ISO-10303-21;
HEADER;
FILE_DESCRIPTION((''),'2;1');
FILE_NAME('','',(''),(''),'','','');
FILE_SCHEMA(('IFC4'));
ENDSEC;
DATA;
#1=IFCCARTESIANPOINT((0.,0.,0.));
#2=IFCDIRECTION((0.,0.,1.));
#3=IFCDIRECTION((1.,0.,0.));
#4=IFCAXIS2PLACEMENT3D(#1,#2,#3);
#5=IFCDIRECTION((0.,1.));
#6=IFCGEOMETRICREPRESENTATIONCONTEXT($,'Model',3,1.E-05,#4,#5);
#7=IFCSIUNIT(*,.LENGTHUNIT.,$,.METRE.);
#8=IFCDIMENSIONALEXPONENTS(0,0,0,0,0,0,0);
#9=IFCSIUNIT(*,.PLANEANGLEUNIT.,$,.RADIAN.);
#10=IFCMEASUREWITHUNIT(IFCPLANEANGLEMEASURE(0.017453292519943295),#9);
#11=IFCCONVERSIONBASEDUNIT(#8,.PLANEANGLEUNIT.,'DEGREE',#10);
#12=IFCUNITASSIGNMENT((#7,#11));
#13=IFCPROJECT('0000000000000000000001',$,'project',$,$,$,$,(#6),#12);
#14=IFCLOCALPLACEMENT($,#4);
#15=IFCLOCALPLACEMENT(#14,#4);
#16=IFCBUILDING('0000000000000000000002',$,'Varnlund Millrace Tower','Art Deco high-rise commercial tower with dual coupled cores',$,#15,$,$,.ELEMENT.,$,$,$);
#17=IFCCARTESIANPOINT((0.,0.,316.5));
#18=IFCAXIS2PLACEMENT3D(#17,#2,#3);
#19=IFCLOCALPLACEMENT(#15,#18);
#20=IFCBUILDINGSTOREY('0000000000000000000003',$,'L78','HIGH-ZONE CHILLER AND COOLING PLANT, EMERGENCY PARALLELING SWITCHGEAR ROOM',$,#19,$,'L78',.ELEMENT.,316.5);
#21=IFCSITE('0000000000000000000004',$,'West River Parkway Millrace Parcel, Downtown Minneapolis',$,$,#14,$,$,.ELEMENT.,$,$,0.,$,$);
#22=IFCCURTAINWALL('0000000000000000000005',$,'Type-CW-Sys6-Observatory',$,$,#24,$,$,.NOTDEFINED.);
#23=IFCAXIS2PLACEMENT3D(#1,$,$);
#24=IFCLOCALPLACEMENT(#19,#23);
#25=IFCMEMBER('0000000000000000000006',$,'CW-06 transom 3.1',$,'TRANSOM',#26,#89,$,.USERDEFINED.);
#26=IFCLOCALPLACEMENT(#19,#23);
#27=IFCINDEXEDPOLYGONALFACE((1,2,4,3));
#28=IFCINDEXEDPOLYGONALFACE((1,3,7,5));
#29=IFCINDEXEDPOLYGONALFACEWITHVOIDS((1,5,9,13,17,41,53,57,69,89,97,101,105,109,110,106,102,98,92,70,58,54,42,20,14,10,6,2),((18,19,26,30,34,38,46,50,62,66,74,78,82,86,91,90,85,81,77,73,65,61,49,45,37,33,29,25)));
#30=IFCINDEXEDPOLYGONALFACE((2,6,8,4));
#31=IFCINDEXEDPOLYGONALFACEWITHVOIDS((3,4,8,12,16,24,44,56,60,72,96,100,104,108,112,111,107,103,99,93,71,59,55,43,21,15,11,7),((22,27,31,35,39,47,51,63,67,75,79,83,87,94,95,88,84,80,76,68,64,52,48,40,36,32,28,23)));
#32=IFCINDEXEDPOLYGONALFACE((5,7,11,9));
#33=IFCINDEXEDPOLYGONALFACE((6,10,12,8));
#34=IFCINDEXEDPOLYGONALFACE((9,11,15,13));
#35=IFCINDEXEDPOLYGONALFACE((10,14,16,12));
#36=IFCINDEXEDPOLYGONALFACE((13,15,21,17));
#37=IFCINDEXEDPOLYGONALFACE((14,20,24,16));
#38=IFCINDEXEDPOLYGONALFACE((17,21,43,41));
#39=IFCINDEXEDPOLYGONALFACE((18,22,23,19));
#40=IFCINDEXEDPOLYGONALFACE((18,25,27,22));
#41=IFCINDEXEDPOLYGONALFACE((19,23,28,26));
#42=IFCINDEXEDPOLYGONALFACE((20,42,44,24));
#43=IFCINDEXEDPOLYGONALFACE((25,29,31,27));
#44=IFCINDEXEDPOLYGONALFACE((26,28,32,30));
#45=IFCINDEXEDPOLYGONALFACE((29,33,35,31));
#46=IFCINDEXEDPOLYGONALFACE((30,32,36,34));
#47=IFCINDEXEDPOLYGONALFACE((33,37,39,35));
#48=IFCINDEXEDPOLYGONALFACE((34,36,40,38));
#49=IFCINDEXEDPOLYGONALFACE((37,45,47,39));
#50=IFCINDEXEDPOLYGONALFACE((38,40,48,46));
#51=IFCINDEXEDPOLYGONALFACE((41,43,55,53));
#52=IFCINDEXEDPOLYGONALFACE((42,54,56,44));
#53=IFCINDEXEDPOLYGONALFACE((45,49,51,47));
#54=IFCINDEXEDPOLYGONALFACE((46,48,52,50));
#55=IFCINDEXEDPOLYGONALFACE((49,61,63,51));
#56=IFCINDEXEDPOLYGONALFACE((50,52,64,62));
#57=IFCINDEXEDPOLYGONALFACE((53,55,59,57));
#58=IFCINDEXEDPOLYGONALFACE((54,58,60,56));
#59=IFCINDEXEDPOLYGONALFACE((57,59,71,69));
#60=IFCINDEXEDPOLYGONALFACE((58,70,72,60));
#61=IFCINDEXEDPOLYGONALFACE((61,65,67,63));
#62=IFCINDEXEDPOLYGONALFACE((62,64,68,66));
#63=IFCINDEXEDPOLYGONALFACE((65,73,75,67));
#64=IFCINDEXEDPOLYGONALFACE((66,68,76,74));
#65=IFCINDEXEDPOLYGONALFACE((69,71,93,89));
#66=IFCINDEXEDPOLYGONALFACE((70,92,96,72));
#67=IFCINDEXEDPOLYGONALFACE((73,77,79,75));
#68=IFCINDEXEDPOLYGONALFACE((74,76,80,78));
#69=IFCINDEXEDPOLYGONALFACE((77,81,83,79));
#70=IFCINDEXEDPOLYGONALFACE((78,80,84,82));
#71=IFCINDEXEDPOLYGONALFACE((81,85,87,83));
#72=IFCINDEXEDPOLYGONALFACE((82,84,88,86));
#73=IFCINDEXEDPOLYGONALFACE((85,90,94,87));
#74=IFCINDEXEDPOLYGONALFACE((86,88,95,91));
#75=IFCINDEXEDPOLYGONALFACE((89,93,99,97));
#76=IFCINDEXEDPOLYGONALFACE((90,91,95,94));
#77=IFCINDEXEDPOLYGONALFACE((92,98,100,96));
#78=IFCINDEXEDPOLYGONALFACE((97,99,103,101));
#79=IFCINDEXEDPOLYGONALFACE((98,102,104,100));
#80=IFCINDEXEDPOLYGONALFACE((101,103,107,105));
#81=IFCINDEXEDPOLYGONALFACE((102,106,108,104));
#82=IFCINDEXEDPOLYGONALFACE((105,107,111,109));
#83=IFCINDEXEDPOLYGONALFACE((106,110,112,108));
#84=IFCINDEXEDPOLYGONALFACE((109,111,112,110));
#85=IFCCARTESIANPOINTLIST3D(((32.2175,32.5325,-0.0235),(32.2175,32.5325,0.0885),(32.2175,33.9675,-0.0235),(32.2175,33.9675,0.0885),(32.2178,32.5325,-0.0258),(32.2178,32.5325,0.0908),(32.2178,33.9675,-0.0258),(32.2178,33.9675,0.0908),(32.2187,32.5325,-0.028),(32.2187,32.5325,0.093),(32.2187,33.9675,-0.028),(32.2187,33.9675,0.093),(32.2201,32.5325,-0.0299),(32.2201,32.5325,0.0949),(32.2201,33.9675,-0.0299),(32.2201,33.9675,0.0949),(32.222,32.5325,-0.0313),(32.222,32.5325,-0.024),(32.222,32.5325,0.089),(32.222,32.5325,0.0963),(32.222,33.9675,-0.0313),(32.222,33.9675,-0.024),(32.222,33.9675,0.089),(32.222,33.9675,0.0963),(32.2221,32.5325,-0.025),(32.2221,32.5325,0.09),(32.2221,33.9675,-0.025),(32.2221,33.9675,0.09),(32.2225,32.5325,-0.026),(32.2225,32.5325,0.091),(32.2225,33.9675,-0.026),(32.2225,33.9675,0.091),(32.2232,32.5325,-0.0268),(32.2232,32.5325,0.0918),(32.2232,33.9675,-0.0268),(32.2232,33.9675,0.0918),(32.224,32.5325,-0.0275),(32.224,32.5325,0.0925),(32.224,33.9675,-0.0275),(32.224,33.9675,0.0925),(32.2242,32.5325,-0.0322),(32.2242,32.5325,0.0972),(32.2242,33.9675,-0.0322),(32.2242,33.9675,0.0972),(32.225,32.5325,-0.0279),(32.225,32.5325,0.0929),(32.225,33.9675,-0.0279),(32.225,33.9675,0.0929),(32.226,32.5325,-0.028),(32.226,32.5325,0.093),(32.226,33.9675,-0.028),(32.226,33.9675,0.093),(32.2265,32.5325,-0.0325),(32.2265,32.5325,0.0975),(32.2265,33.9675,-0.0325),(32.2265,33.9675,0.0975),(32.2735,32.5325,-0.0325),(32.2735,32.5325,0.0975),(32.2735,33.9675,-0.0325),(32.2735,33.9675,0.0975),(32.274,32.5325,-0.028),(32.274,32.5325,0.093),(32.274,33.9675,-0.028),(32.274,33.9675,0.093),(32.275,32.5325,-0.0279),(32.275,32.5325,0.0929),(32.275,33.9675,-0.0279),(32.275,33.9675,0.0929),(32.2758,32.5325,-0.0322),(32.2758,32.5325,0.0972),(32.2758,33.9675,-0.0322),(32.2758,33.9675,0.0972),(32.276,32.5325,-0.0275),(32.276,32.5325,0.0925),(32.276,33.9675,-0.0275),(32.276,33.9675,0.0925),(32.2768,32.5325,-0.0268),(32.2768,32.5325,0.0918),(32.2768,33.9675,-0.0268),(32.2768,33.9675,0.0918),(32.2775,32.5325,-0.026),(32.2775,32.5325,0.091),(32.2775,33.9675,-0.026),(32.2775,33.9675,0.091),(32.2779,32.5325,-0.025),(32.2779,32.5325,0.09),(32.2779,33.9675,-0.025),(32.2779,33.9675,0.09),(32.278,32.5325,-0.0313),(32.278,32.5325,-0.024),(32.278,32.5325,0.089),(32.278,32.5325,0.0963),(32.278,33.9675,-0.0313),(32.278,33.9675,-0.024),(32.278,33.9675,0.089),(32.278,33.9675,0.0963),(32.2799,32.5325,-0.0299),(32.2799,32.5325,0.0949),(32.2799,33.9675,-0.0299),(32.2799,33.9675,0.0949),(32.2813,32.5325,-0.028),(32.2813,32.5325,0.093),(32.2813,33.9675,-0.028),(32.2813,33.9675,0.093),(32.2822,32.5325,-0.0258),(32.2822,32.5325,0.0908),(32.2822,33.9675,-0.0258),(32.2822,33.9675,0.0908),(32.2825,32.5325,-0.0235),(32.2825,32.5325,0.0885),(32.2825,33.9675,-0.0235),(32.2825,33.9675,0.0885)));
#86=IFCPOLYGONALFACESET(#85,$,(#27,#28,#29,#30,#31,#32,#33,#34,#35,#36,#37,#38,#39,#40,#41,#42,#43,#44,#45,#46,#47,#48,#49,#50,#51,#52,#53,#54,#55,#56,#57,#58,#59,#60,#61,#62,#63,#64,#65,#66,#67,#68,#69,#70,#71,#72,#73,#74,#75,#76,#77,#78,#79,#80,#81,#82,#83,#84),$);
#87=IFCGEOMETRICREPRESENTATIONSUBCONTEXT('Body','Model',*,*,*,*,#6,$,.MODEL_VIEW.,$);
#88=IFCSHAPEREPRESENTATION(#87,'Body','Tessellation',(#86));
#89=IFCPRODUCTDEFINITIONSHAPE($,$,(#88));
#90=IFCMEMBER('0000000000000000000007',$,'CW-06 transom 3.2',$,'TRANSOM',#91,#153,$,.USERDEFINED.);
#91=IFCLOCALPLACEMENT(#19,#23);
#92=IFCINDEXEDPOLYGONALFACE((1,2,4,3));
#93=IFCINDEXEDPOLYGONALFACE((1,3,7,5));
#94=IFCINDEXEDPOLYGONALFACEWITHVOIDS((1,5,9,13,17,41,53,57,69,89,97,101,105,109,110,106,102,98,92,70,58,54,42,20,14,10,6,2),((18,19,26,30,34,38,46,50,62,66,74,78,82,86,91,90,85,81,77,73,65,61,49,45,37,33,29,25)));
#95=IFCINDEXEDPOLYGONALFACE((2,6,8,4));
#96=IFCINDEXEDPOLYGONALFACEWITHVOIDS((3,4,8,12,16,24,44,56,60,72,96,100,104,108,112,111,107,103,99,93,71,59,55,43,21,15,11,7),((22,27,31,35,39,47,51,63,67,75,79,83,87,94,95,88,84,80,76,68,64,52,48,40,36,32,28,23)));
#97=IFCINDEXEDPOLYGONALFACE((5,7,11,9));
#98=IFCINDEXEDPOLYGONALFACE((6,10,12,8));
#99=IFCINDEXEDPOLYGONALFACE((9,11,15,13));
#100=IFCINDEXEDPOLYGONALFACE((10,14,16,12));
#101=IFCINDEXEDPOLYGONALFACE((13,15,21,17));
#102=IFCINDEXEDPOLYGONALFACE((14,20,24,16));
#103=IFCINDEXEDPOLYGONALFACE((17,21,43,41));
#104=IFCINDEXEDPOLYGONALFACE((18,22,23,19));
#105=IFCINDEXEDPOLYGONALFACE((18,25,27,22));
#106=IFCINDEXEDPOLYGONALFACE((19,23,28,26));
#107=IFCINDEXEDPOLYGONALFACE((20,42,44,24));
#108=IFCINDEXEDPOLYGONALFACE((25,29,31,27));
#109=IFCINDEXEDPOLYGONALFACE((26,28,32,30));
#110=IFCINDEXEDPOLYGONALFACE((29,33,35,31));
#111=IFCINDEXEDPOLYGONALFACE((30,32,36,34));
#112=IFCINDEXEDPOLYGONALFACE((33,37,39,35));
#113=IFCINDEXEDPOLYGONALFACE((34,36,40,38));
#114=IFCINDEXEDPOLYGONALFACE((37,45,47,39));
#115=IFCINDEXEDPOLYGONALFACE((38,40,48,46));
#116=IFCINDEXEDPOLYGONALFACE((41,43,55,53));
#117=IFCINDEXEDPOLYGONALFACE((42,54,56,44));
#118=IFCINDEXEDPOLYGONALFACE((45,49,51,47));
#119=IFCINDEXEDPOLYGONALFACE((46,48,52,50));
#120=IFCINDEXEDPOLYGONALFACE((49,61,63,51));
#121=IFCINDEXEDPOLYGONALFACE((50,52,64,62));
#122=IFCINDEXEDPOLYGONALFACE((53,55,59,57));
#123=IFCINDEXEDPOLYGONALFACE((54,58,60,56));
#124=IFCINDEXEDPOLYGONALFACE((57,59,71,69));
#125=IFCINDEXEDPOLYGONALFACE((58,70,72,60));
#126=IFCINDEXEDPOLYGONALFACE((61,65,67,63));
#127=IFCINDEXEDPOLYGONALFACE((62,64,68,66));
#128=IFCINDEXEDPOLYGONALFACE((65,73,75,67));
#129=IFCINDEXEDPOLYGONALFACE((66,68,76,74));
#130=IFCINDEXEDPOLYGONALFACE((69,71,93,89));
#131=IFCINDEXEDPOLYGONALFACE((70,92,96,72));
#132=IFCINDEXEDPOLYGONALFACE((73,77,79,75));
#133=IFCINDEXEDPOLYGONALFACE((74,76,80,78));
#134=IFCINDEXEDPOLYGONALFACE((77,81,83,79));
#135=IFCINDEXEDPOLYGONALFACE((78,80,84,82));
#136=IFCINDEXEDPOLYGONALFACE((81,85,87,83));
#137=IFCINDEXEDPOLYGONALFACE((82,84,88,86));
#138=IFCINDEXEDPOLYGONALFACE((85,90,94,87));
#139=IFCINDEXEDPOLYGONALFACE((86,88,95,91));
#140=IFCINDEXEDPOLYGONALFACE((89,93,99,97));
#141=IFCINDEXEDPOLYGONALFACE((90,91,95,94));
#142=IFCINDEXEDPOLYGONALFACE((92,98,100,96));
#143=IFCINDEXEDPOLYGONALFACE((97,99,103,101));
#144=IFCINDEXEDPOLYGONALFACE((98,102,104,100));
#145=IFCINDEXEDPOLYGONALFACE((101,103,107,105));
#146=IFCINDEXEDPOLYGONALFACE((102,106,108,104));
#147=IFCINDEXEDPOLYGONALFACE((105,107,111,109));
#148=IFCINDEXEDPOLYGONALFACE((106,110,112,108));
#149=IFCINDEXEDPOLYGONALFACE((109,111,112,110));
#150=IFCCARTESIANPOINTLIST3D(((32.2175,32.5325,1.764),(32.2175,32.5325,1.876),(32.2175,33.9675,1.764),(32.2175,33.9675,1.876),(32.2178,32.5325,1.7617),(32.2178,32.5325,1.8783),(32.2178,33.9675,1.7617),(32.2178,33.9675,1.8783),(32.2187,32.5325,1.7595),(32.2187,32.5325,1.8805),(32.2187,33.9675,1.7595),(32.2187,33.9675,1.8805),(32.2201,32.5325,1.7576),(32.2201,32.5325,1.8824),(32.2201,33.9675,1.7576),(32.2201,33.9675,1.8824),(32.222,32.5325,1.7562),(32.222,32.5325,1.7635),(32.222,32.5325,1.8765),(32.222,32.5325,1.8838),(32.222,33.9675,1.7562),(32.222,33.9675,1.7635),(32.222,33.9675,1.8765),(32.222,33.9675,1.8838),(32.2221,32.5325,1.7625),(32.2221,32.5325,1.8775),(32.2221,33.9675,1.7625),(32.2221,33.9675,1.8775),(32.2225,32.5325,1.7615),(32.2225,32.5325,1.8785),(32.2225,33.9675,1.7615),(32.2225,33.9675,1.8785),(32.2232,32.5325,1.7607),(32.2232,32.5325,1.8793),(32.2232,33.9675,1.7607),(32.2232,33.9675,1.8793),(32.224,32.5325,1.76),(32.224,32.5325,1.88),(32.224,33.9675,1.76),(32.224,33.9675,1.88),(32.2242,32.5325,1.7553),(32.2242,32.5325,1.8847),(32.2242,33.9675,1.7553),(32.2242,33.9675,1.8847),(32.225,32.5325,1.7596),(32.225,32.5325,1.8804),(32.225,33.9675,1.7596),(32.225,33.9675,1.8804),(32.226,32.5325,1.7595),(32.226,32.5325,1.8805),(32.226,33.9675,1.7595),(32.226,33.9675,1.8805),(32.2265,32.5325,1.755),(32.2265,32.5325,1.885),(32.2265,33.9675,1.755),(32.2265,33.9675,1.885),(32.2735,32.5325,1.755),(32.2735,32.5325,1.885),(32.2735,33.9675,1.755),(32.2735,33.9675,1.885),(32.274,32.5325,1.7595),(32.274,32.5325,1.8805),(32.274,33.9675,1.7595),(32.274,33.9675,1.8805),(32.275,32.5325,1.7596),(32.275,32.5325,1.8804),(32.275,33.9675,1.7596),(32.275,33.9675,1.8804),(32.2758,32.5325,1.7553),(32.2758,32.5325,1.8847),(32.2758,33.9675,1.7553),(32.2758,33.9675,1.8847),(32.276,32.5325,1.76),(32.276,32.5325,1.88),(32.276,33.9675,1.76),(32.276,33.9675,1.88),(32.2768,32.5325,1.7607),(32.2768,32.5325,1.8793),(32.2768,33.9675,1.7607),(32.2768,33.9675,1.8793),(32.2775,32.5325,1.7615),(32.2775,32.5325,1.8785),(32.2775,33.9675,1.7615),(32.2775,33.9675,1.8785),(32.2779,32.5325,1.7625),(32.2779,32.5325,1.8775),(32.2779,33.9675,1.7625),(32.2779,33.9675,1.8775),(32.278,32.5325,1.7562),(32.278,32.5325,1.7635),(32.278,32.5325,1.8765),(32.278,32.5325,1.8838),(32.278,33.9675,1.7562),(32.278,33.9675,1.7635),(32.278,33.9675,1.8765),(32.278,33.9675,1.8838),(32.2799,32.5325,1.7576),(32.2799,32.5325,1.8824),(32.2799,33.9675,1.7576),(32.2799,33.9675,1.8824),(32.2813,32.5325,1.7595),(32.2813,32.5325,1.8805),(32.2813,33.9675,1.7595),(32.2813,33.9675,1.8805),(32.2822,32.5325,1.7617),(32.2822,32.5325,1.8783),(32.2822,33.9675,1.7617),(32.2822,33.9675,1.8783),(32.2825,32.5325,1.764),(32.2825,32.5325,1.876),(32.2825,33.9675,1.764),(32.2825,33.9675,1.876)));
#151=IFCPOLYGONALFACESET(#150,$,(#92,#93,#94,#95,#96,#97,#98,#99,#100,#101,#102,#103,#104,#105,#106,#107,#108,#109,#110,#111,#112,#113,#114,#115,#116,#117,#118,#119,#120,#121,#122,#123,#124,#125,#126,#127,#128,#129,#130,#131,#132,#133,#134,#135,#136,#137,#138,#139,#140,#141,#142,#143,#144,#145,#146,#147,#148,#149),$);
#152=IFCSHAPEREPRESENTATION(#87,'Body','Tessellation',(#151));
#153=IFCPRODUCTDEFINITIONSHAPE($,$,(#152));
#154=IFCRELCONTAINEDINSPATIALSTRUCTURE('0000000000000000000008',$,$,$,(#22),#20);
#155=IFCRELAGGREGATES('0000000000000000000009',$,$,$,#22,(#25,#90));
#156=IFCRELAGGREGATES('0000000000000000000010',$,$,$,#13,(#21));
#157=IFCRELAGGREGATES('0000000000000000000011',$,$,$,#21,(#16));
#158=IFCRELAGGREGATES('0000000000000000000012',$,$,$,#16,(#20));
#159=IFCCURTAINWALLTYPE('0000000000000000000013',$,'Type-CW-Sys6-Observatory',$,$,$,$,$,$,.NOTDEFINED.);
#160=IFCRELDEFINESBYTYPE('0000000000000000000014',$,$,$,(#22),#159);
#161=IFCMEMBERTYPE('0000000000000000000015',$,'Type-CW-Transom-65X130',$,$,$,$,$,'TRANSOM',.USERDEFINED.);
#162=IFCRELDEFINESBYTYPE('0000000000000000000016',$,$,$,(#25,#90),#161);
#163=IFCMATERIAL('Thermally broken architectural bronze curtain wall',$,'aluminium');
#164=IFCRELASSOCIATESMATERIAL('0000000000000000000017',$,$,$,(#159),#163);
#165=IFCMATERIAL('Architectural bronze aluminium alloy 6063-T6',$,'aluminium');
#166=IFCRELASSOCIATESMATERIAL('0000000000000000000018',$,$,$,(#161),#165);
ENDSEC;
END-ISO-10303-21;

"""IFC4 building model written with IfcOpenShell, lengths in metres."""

from ifc_helpers import new_model, entity, si_unit, converted_unit, direction, frame, origin_with_axes, origin_2d_with_axis, place, context, subcontext, project, spatial, hollow_rectangle, extrude, material, material_profile, profile_set, type_object, element, aggregate, save


model = new_model("IFC4")

# Units and contexts
model_context = context("Model", 3, precision=1e-05, world=origin_with_axes(), true_north=direction((0.0, 1.0)))
body_context = subcontext(model_context, "Body", "Model", "MODEL_VIEW")
ifc_project = project(units=[si_unit("LENGTHUNIT", "METRE"), converted_unit("PLANEANGLEUNIT", "DEGREE", entity("IfcPlaneAngleMeasure", 0.017453292519943295), si_unit("PLANEANGLEUNIT", "RADIAN"), dimensions=[0, 0, 0, 0, 0, 0, 0])], contexts=[model_context])

# Site, building, storey
site_placement = place(None, origin_with_axes())
site = spatial("IfcSite", under=ifc_project, at=site_placement, Name="West River Parkway Millrace Parcel, Downtown Minneapolis", CompositionType="ELEMENT", RefElevation=0.0)
building_placement = place(site_placement, origin_with_axes())
building = spatial("IfcBuilding", under=site, at=building_placement, Name="Varnlund Millrace Tower", Description="Art Deco high-rise commercial tower with dual coupled cores", CompositionType="ELEMENT")
storey_placement = place(building_placement, frame((0.0, 0.0, 316.5), z_axis=(0.0, 0.0, 1.0), x_axis=(1.0, 0.0, 0.0)))
storey = spatial("IfcBuildingStorey", under=building, at=storey_placement, Name="L78", Description="HIGH-ZONE CHILLER AND COOLING PLANT, EMERGENCY PARALLELING SWITCHGEAR ROOM", LongName="L78", CompositionType="ELEMENT", Elevation=316.5)

# Curtain wall, members
ifc_material_1 = material(Name="Thermally broken architectural bronze curtain wall", Category="aluminium")
curtain_wall_type = type_object("IfcCurtainWallType", Name="Type-CW-Sys6-Observatory", PredefinedType="NOTDEFINED", material=ifc_material_1)
curtain_wall_1_placement = place(storey_placement, frame((32.25, 37.0, 0.0), z_axis=(0.0, 0.0, 1.0), x_axis=(1.0, 0.0, 0.0)))
curtain_wall_1 = element("IfcCurtainWall", 1, at=curtain_wall_1_placement, inside=storey, type_object=curtain_wall_type, Name="Type-CW-Sys6-Observatory", PredefinedType="NOTDEFINED")
ifc_material_2 = material(Name="Architectural bronze aluminium alloy 6063-T6", Category="aluminium")
ifc_material_profile_1 = material_profile(ifc_material_2, hollow_rectangle(XDim=0.065, YDim=0.13, WallThickness=0.0045, InnerFilletRadius=0.004, OuterFilletRadius=0.009, at=origin_2d_with_axis()), Name="Architectural bronze aluminium alloy 6063-T6")
ifc_profile_set_1 = profile_set([ifc_material_profile_1], Name="Architectural bronze aluminium alloy 6063-T6")
member_type = type_object("IfcMemberType", Name="Type-CW-Transom-65X130", ElementType="TRANSOM", PredefinedType="USERDEFINED", material=ifc_profile_set_1)
member_1_placement = place(storey_placement, frame((32.25, 33.9675, 0.0325), z_axis=(0.0, -1.0, 0.0), x_axis=(1.0, 0.0, 0.0)))
member_1 = element("IfcMember", 2, at=member_1_placement, type_object=member_type, Name="CW-06 transom 3.1", ObjectType="TRANSOM", PredefinedType="USERDEFINED", context=body_context, shape_type="SweptSolid", body=[
    extrude(hollow_rectangle(XDim=0.065, YDim=0.13, WallThickness=0.0045, InnerFilletRadius=0.004, OuterFilletRadius=0.009, at=origin_2d_with_axis()), origin_with_axes(), (0.0, 0.0, 1.0), 1.435),
])
member_2_placement = place(storey_placement, frame((32.25, 33.9675, 1.82), z_axis=(0.0, -1.0, 0.0), x_axis=(1.0, 0.0, 0.0)))
member_2 = element("IfcMember", 3, at=member_2_placement, type_object=member_type, Name="CW-06 transom 3.2", ObjectType="TRANSOM", PredefinedType="USERDEFINED", context=body_context, shape_type="SweptSolid", body=[
    extrude(hollow_rectangle(XDim=0.065, YDim=0.13, WallThickness=0.0045, InnerFilletRadius=0.004, OuterFilletRadius=0.009, at=origin_2d_with_axis()), origin_with_axes(), (0.0, 0.0, 1.0), 1.435),
])

aggregate(curtain_wall_1, [member_1, member_2])

save(model, "model.ifc")
